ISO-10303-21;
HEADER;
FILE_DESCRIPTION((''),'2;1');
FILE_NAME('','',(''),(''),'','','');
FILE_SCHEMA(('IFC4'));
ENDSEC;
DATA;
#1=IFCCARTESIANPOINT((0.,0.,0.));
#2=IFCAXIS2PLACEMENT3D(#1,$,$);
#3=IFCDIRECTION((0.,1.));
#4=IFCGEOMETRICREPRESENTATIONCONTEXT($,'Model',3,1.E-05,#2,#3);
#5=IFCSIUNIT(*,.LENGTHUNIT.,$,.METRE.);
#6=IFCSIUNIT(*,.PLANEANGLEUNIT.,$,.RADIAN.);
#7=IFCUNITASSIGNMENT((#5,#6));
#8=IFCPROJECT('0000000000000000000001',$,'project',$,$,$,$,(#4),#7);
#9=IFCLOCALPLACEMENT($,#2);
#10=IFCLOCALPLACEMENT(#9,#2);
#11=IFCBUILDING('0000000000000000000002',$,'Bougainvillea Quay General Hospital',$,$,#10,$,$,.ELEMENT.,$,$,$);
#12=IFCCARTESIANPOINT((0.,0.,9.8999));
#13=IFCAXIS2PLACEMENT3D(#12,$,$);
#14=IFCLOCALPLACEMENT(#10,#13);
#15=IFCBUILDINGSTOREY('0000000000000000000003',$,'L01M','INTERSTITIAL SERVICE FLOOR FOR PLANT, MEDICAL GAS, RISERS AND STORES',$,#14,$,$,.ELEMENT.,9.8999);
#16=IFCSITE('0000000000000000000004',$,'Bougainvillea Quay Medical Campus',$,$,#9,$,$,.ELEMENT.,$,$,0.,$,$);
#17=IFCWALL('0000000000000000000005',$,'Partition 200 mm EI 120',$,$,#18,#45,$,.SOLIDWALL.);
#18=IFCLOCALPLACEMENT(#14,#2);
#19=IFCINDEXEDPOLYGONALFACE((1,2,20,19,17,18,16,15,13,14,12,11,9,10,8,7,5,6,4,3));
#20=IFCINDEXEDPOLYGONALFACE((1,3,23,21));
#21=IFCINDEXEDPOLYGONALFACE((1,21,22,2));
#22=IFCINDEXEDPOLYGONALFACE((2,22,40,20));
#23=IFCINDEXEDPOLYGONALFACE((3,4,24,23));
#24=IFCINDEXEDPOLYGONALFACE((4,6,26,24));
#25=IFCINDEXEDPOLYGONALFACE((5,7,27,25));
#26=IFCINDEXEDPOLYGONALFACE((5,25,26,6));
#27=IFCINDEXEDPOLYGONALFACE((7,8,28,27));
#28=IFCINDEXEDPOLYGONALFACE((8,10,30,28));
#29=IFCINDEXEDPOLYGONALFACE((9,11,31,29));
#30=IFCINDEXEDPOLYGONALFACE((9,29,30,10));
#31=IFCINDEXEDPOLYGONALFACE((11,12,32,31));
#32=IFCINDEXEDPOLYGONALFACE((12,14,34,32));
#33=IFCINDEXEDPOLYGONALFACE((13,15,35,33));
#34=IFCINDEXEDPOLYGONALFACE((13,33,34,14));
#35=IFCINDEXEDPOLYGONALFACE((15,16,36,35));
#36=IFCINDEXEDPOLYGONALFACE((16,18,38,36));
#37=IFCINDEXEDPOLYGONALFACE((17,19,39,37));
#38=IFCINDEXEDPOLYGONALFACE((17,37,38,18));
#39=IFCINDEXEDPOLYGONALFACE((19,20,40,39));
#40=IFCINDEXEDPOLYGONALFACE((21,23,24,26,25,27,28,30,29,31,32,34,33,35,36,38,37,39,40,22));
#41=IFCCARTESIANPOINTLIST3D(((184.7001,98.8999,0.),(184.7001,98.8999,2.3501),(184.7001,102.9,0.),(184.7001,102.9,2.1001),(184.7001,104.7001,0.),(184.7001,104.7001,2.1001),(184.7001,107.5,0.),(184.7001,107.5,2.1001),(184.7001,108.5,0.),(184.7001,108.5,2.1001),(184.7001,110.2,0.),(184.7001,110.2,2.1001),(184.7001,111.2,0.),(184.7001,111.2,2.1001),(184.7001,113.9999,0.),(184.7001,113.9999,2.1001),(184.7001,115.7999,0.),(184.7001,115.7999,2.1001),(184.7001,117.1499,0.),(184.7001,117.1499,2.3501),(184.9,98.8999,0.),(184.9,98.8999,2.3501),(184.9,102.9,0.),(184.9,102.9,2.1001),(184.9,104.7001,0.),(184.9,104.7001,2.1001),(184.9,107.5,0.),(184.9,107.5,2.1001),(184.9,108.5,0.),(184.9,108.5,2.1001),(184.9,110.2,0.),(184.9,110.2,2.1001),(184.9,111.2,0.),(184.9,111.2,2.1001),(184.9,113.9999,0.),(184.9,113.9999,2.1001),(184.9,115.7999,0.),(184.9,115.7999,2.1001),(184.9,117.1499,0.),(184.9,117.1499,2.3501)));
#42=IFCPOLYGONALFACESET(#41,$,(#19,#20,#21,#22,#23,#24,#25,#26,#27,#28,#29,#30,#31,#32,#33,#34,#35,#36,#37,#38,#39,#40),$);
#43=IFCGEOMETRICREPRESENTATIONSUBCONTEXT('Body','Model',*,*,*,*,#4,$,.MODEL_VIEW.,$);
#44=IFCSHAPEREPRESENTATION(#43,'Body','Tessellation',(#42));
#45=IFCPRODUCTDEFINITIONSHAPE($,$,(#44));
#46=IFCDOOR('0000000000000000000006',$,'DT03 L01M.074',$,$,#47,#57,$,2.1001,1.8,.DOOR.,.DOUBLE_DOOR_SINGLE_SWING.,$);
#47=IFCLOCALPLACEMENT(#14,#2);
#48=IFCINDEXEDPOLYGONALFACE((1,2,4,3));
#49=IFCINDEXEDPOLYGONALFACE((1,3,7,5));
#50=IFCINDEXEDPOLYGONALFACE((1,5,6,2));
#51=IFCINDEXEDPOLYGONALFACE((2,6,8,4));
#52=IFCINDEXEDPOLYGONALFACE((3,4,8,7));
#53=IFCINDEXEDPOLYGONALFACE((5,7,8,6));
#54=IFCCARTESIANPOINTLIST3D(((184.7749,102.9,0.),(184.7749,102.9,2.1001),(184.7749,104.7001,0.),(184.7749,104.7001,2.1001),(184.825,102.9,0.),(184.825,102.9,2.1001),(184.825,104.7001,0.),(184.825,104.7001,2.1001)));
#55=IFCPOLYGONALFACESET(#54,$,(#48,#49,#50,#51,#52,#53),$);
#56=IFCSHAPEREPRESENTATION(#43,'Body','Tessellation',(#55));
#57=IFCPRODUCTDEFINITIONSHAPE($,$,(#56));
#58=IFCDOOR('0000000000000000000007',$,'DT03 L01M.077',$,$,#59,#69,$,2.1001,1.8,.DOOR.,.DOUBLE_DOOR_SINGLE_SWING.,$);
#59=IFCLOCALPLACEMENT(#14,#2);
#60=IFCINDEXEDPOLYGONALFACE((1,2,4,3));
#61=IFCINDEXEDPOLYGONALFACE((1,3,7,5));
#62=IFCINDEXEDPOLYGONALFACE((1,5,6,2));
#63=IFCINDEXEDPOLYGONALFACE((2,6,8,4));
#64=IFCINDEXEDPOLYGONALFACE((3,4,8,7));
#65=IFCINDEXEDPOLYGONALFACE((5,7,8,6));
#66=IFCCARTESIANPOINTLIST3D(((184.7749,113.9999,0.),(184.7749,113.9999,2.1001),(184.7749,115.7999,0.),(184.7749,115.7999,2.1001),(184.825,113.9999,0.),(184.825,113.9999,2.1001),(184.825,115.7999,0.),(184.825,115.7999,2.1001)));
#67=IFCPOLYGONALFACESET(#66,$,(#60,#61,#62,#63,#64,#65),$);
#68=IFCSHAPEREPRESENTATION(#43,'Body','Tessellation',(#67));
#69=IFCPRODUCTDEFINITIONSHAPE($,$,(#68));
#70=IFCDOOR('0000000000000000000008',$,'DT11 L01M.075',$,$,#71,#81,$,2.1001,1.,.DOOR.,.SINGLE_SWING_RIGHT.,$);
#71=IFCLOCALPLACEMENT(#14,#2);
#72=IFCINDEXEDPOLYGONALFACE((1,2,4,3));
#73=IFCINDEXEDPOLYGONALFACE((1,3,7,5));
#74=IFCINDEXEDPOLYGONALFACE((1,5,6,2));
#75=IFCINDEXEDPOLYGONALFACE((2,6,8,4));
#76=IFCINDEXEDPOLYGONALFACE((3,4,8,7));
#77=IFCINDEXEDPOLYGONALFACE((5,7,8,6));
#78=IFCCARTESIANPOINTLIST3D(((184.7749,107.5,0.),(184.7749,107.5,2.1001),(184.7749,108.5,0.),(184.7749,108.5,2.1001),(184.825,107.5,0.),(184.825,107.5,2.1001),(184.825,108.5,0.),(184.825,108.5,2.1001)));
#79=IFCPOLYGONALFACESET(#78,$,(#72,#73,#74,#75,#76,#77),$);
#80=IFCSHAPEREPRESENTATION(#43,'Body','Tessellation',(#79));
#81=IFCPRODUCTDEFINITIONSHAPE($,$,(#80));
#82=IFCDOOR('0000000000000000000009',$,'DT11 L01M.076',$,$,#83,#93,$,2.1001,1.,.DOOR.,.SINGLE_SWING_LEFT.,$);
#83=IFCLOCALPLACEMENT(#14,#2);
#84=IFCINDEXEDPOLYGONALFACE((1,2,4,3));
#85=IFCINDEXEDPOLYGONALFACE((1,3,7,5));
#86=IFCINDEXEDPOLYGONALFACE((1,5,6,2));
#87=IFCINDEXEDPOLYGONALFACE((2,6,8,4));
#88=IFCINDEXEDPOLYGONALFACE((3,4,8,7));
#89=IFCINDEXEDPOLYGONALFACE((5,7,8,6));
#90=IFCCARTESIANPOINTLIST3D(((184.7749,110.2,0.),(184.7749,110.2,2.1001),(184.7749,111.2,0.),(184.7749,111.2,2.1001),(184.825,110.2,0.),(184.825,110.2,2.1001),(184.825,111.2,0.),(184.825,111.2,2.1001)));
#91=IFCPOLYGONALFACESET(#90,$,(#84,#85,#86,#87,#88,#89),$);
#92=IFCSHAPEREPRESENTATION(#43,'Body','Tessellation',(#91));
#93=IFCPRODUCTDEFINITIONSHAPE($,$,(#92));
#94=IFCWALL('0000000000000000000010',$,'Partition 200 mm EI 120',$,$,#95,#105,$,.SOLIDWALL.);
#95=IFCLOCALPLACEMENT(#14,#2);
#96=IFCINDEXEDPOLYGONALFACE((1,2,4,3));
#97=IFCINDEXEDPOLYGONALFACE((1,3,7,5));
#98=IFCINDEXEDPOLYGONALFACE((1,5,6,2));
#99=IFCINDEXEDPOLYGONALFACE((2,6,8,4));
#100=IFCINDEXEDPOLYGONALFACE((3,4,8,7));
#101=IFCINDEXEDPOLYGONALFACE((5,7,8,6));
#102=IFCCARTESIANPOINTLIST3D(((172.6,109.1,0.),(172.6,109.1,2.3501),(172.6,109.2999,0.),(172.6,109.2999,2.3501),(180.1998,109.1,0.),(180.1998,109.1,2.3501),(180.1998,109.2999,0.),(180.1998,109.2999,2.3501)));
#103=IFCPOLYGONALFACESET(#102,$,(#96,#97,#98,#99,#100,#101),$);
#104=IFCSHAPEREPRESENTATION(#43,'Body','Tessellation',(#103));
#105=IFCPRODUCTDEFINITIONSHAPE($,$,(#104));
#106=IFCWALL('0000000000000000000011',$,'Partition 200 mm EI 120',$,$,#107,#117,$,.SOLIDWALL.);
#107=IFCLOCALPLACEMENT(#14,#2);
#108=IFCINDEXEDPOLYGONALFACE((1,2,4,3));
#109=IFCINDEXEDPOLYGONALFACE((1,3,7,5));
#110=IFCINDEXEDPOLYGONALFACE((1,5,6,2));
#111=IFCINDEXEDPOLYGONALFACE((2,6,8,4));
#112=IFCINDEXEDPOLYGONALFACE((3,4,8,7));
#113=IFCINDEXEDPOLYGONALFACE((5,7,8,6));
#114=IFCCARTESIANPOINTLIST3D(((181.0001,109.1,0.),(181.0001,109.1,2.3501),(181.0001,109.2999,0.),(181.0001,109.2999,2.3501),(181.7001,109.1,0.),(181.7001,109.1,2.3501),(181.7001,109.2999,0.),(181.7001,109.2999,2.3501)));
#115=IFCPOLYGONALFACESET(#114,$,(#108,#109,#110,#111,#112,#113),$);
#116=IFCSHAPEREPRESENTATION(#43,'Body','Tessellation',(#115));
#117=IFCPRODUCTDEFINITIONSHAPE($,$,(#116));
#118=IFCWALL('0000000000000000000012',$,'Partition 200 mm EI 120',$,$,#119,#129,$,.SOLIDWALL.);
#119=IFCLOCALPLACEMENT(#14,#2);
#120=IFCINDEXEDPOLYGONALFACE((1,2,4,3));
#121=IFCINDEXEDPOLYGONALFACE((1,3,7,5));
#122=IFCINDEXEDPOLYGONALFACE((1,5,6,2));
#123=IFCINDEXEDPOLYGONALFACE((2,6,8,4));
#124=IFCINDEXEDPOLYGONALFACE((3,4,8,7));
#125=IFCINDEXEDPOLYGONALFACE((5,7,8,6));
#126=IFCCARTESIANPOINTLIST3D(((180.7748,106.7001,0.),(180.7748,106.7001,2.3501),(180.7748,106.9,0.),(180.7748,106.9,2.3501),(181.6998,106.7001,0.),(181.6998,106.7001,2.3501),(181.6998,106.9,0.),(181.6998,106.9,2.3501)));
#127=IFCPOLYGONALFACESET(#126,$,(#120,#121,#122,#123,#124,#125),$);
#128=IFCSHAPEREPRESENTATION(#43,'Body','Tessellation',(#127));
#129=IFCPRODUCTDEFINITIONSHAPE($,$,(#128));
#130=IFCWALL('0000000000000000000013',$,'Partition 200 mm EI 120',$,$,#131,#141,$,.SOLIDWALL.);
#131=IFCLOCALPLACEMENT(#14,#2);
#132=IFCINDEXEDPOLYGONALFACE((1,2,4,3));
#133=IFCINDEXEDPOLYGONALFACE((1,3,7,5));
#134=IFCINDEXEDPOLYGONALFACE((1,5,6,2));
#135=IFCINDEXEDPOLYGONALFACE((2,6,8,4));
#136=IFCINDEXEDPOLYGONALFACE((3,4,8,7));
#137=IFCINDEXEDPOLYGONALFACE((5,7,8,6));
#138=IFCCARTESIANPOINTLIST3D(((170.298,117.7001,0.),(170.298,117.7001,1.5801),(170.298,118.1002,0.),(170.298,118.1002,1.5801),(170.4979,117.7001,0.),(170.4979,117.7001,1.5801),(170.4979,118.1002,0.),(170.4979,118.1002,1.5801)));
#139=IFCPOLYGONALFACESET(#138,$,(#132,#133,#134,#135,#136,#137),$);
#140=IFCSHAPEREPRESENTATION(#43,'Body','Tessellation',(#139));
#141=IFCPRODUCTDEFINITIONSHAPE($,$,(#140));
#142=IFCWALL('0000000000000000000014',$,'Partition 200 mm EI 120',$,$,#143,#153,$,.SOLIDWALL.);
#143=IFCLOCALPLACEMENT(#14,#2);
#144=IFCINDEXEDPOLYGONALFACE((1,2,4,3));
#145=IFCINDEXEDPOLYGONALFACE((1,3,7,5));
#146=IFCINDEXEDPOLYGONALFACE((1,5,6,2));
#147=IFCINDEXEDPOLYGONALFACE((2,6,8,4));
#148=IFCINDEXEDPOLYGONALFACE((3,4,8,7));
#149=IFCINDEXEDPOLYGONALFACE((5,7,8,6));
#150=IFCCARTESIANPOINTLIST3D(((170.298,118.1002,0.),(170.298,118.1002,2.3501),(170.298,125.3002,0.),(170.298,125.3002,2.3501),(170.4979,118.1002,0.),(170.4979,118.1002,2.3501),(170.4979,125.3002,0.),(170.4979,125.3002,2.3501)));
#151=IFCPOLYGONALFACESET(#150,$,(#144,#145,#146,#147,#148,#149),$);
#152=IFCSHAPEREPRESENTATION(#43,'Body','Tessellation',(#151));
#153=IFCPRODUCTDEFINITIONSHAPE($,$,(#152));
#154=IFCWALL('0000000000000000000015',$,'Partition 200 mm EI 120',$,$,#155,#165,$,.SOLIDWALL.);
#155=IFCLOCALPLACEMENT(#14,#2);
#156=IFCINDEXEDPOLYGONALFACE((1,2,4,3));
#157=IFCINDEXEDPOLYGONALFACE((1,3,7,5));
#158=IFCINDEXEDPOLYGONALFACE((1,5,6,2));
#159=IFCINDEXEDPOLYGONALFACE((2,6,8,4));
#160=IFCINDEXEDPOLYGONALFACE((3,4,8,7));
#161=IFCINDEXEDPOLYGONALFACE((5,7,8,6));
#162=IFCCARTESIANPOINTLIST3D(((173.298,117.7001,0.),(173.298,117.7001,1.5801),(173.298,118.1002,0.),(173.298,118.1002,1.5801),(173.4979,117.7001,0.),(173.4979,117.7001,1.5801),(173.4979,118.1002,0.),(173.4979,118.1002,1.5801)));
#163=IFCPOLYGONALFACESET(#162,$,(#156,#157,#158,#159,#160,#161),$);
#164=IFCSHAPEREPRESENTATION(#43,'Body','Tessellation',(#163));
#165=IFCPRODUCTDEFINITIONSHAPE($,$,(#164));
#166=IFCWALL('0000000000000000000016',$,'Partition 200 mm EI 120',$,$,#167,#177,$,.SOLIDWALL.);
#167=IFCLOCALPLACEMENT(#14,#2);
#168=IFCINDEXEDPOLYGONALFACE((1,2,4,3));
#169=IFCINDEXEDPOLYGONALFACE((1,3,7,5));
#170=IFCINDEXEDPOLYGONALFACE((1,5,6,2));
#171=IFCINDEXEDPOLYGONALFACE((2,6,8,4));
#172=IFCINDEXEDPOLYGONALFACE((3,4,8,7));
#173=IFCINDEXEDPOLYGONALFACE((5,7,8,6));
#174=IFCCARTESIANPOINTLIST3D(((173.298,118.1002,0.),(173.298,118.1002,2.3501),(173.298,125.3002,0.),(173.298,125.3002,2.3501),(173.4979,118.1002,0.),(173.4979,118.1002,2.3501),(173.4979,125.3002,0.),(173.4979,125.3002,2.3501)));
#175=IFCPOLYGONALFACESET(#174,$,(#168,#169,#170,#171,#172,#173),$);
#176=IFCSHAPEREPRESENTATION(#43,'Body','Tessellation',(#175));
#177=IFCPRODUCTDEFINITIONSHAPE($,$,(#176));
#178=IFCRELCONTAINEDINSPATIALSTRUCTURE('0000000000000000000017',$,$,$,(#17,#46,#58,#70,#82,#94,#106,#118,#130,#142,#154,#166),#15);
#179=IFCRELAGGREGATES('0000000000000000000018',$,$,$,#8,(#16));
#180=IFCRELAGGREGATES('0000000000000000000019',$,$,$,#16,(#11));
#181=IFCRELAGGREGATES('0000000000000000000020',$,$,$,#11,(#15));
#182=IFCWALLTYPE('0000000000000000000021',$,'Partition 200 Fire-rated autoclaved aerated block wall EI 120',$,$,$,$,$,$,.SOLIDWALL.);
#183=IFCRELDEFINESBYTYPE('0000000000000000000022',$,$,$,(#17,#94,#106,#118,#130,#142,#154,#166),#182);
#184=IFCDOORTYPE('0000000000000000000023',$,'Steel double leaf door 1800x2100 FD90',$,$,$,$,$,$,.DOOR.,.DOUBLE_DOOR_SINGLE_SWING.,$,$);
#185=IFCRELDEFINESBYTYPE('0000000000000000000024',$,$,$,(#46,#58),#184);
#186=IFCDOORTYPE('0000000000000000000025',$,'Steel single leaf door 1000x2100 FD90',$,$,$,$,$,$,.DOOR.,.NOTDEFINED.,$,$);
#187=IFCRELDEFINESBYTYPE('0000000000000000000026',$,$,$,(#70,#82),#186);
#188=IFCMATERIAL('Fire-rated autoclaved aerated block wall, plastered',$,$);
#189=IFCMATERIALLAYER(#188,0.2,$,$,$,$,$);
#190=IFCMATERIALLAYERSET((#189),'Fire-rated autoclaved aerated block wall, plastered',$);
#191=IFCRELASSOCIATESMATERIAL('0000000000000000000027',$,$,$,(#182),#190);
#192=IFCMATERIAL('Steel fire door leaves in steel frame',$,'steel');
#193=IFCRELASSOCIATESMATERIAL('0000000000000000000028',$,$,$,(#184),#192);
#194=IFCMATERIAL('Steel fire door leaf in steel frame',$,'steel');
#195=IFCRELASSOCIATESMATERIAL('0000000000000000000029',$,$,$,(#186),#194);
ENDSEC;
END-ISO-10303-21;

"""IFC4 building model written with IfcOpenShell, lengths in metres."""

from ifc_helpers import new_model, si_unit, direction, frame, frame_2d, origin, place, context, subcontext, project, spatial, rectangle, extrude, material, layer, layer_set, type_object, element, fill, save


model = new_model("IFC4")

# Units and contexts
model_context = context("Model", 3, precision=1e-05, world=origin(), true_north=direction((0.0, 1.0)))
body_context = subcontext(model_context, "Body", "Model", "MODEL_VIEW")
ifc_project = project(units=[si_unit("LENGTHUNIT", "METRE"), si_unit("PLANEANGLEUNIT", "RADIAN")], contexts=[model_context])

# Site, building, storey
site_placement = place(None, origin())
site = spatial("IfcSite", under=ifc_project, at=site_placement, Name="Bougainvillea Quay Medical Campus", CompositionType="ELEMENT", RefElevation=0.0)
building_placement = place(site_placement, origin())
building = spatial("IfcBuilding", under=site, at=building_placement, Name="Bougainvillea Quay General Hospital", CompositionType="ELEMENT")
storey_placement = place(building_placement, frame((0.0, 0.0, 9.8999)))
storey = spatial("IfcBuildingStorey", under=building, at=storey_placement, Name="L01M", Description="INTERSTITIAL SERVICE FLOOR FOR PLANT, MEDICAL GAS, RISERS AND STORES", CompositionType="ELEMENT", Elevation=9.8999)

# Shared definitions
ifc_material_1 = material(Name="Fire-rated autoclaved aerated block wall, plastered")
ifc_layer_1 = layer(ifc_material_1, 0.2)
ifc_layer_set_1 = layer_set([ifc_layer_1], Name="Fire-rated autoclaved aerated block wall, plastered")
wall_type_1 = type_object("IfcWallType", Name="Partition 200 Fire-rated autoclaved aerated block wall EI 120", PredefinedType="SOLIDWALL", material=ifc_layer_set_1)

# Wall, openings, doors
wall_1_placement = place(storey_placement, frame((184.8, 117.1499, 0.0), z_axis=(0.0, 0.0, 1.0), x_axis=(0.0, -1.0, 0.0)))
wall_1 = element("IfcWall", 1, at=wall_1_placement, inside=storey, type_object=wall_type_1, Name="Partition 200 mm EI 120", PredefinedType="SOLIDWALL", context=body_context, shape_type="SweptSolid", body=[
    extrude(rectangle(XDim=18.25, YDim=0.2, at=frame_2d((9.125, 0.0))), origin(), (0.0, 0.0, 1.0), 2.3501),
])
opening_1_placement = place(wall_1_placement, frame((12.45, 0.0, 0.0)))
opening_1 = element("IfcOpeningElement", 2, at=opening_1_placement, cuts=wall_1, PredefinedType="OPENING", context=body_context, shape_type="SweptSolid", body=[
    extrude(rectangle(XDim=1.8, YDim=2.1001, at=frame_2d((0.8999, 1.05))), frame((0.0, 0.1099, 0.0), z_axis=(0.0, -1.0, 0.0), x_axis=(1.0, 0.0, 0.0)), (0.0, 0.0, 1.0), 0.22),
])
opening_2_placement = place(wall_1_placement, frame((8.6499, 0.0, 0.0)))
opening_2 = element("IfcOpeningElement", 3, at=opening_2_placement, cuts=wall_1, PredefinedType="OPENING", context=body_context, shape_type="SweptSolid", body=[
    extrude(rectangle(XDim=1.0, YDim=2.1001, at=frame_2d((0.5, 1.05))), frame((0.0, 0.1099, 0.0), z_axis=(0.0, -1.0, 0.0), x_axis=(1.0, 0.0, 0.0)), (0.0, 0.0, 1.0), 0.22),
])
opening_3_placement = place(wall_1_placement, frame((5.95, 0.0, 0.0)))
opening_3 = element("IfcOpeningElement", 4, at=opening_3_placement, cuts=wall_1, PredefinedType="OPENING", context=body_context, shape_type="SweptSolid", body=[
    extrude(rectangle(XDim=1.0, YDim=2.1001, at=frame_2d((0.5, 1.05))), frame((0.0, 0.1099, 0.0), z_axis=(0.0, -1.0, 0.0), x_axis=(1.0, 0.0, 0.0)), (0.0, 0.0, 1.0), 0.22),
])
opening_4_placement = place(wall_1_placement, frame((1.3501, 0.0, 0.0)))
opening_4 = element("IfcOpeningElement", 5, at=opening_4_placement, cuts=wall_1, PredefinedType="OPENING", context=body_context, shape_type="SweptSolid", body=[
    extrude(rectangle(XDim=1.8, YDim=2.1001, at=frame_2d((0.8999, 1.05))), frame((0.0, 0.1099, 0.0), z_axis=(0.0, -1.0, 0.0), x_axis=(1.0, 0.0, 0.0)), (0.0, 0.0, 1.0), 0.22),
])
ifc_material_2 = material(Name="Steel fire door leaves in steel frame", Category="steel")
door_type_1 = type_object("IfcDoorType", Name="Steel double leaf door 1800x2100 FD90", OperationType="DOUBLE_DOOR_SINGLE_SWING", PredefinedType="DOOR", material=ifc_material_2)
door_1_placement = place(opening_1_placement, origin())
door_1 = element("IfcDoor", 6, at=door_1_placement, inside=storey, type_object=door_type_1, Name="DT03 L01M.074", OperationType="DOUBLE_DOOR_SINGLE_SWING", OverallHeight=2.1001, OverallWidth=1.8, PredefinedType="DOOR", context=body_context, shape_type="SweptSolid", body=[
    extrude(rectangle(XDim=1.8, YDim=2.1001, at=frame_2d((0.8999, 1.05))), frame((0.0, 0.0249, 0.0), z_axis=(0.0, -1.0, 0.0), x_axis=(1.0, 0.0, 0.0)), (0.0, 0.0, 1.0), 0.05),
])
fill(opening_1, door_1)
door_2_placement = place(opening_4_placement, origin())
door_2 = element("IfcDoor", 7, at=door_2_placement, inside=storey, type_object=door_type_1, Name="DT03 L01M.077", OperationType="DOUBLE_DOOR_SINGLE_SWING", OverallHeight=2.1001, OverallWidth=1.8, PredefinedType="DOOR", context=body_context, shape_type="SweptSolid", body=[
    extrude(rectangle(XDim=1.8, YDim=2.1001, at=frame_2d((0.8999, 1.05))), frame((0.0, 0.0249, 0.0), z_axis=(0.0, -1.0, 0.0), x_axis=(1.0, 0.0, 0.0)), (0.0, 0.0, 1.0), 0.05),
])
fill(opening_4, door_2)
ifc_material_3 = material(Name="Steel fire door leaf in steel frame", Category="steel")
door_type_2 = type_object("IfcDoorType", Name="Steel single leaf door 1000x2100 FD90", OperationType="NOTDEFINED", PredefinedType="DOOR", material=ifc_material_3)
door_3_placement = place(opening_2_placement, origin())
door_3 = element("IfcDoor", 8, at=door_3_placement, inside=storey, type_object=door_type_2, Name="DT11 L01M.075", OperationType="SINGLE_SWING_RIGHT", OverallHeight=2.1001, OverallWidth=1.0, PredefinedType="DOOR", context=body_context, shape_type="SweptSolid", body=[
    extrude(rectangle(XDim=1.0, YDim=2.1001, at=frame_2d((0.5, 1.05))), frame((0.0, 0.0249, 0.0), z_axis=(0.0, -1.0, 0.0), x_axis=(1.0, 0.0, 0.0)), (0.0, 0.0, 1.0), 0.05),
])
fill(opening_2, door_3)
door_4_placement = place(opening_3_placement, origin())
door_4 = element("IfcDoor", 9, at=door_4_placement, inside=storey, type_object=door_type_2, Name="DT11 L01M.076", OperationType="SINGLE_SWING_LEFT", OverallHeight=2.1001, OverallWidth=1.0, PredefinedType="DOOR", context=body_context, shape_type="SweptSolid", body=[
    extrude(rectangle(XDim=1.0, YDim=2.1001, at=frame_2d((0.5, 1.05))), frame((0.0, 0.0249, 0.0), z_axis=(0.0, -1.0, 0.0), x_axis=(1.0, 0.0, 0.0)), (0.0, 0.0, 1.0), 0.05),
])
fill(opening_3, door_4)

# Walls
wall_2_placement = place(storey_placement, frame((172.6001, 109.2, 0.0), z_axis=(0.0, 0.0, 1.0), x_axis=(1.0, 0.0, 0.0)))
element("IfcWall", 10, at=wall_2_placement, inside=storey, type_object=wall_type_1, Name="Partition 200 mm EI 120", PredefinedType="SOLIDWALL", context=body_context, shape_type="SweptSolid", body=[
    extrude(rectangle(XDim=7.5999, YDim=0.2, at=frame_2d((3.7998, 0.0))), origin(), (0.0, 0.0, 1.0), 2.3501),
])
wall_3_placement = place(storey_placement, frame((181.0, 109.2, 0.0), z_axis=(0.0, 0.0, 1.0), x_axis=(1.0, 0.0, 0.0)))
element("IfcWall", 11, at=wall_3_placement, inside=storey, type_object=wall_type_1, Name="Partition 200 mm EI 120", PredefinedType="SOLIDWALL", context=body_context, shape_type="SweptSolid", body=[
    extrude(rectangle(XDim=0.7, YDim=0.2, at=frame_2d((0.3501, 0.0))), origin(), (0.0, 0.0, 1.0), 2.3501),
])
wall_4_placement = place(storey_placement, frame((180.7749, 106.8, 0.0), z_axis=(0.0, 0.0, 1.0), x_axis=(1.0, 0.0, 0.0)))
element("IfcWall", 12, at=wall_4_placement, inside=storey, type_object=wall_type_1, Name="Partition 200 mm EI 120", PredefinedType="SOLIDWALL", context=body_context, shape_type="SweptSolid", body=[
    extrude(rectangle(XDim=0.925, YDim=0.2, at=frame_2d((0.4624, 0.0))), origin(), (0.0, 0.0, 1.0), 2.3501),
])
wall_5_placement = place(storey_placement, frame((170.3979, 117.7, 0.0), z_axis=(0.0, 0.0, 1.0), x_axis=(0.0, 1.0, 0.0)))
element("IfcWall", 13, at=wall_5_placement, inside=storey, type_object=wall_type_1, Name="Partition 200 mm EI 120", PredefinedType="SOLIDWALL", context=body_context, shape_type="SweptSolid", body=[
    extrude(rectangle(XDim=0.4001, YDim=0.2, at=frame_2d((0.2002, 0.0))), origin(), (0.0, 0.0, 1.0), 1.5801),
])
wall_6_placement = place(storey_placement, frame((170.3979, 118.1001, 0.0), z_axis=(0.0, 0.0, 1.0), x_axis=(0.0, 1.0, 0.0)))
element("IfcWall", 14, at=wall_6_placement, inside=storey, type_object=wall_type_1, Name="Partition 200 mm EI 120", PredefinedType="SOLIDWALL", context=body_context, shape_type="SweptSolid", body=[
    extrude(rectangle(XDim=7.2, YDim=0.2, at=frame_2d((3.6001, 0.0))), origin(), (0.0, 0.0, 1.0), 2.3501),
])
wall_7_placement = place(storey_placement, frame((173.3979, 117.7, 0.0), z_axis=(0.0, 0.0, 1.0), x_axis=(0.0, 1.0, 0.0)))
element("IfcWall", 15, at=wall_7_placement, inside=storey, type_object=wall_type_1, Name="Partition 200 mm EI 120", PredefinedType="SOLIDWALL", context=body_context, shape_type="SweptSolid", body=[
    extrude(rectangle(XDim=0.4001, YDim=0.2, at=frame_2d((0.2002, 0.0))), origin(), (0.0, 0.0, 1.0), 1.5801),
])
wall_8_placement = place(storey_placement, frame((173.3979, 118.1001, 0.0), z_axis=(0.0, 0.0, 1.0), x_axis=(0.0, 1.0, 0.0)))
element("IfcWall", 16, at=wall_8_placement, inside=storey, type_object=wall_type_1, Name="Partition 200 mm EI 120", PredefinedType="SOLIDWALL", context=body_context, shape_type="SweptSolid", body=[
    extrude(rectangle(XDim=7.2, YDim=0.2, at=frame_2d((3.6001, 0.0))), origin(), (0.0, 0.0, 1.0), 2.3501),
])

save(model, "model.ifc")
